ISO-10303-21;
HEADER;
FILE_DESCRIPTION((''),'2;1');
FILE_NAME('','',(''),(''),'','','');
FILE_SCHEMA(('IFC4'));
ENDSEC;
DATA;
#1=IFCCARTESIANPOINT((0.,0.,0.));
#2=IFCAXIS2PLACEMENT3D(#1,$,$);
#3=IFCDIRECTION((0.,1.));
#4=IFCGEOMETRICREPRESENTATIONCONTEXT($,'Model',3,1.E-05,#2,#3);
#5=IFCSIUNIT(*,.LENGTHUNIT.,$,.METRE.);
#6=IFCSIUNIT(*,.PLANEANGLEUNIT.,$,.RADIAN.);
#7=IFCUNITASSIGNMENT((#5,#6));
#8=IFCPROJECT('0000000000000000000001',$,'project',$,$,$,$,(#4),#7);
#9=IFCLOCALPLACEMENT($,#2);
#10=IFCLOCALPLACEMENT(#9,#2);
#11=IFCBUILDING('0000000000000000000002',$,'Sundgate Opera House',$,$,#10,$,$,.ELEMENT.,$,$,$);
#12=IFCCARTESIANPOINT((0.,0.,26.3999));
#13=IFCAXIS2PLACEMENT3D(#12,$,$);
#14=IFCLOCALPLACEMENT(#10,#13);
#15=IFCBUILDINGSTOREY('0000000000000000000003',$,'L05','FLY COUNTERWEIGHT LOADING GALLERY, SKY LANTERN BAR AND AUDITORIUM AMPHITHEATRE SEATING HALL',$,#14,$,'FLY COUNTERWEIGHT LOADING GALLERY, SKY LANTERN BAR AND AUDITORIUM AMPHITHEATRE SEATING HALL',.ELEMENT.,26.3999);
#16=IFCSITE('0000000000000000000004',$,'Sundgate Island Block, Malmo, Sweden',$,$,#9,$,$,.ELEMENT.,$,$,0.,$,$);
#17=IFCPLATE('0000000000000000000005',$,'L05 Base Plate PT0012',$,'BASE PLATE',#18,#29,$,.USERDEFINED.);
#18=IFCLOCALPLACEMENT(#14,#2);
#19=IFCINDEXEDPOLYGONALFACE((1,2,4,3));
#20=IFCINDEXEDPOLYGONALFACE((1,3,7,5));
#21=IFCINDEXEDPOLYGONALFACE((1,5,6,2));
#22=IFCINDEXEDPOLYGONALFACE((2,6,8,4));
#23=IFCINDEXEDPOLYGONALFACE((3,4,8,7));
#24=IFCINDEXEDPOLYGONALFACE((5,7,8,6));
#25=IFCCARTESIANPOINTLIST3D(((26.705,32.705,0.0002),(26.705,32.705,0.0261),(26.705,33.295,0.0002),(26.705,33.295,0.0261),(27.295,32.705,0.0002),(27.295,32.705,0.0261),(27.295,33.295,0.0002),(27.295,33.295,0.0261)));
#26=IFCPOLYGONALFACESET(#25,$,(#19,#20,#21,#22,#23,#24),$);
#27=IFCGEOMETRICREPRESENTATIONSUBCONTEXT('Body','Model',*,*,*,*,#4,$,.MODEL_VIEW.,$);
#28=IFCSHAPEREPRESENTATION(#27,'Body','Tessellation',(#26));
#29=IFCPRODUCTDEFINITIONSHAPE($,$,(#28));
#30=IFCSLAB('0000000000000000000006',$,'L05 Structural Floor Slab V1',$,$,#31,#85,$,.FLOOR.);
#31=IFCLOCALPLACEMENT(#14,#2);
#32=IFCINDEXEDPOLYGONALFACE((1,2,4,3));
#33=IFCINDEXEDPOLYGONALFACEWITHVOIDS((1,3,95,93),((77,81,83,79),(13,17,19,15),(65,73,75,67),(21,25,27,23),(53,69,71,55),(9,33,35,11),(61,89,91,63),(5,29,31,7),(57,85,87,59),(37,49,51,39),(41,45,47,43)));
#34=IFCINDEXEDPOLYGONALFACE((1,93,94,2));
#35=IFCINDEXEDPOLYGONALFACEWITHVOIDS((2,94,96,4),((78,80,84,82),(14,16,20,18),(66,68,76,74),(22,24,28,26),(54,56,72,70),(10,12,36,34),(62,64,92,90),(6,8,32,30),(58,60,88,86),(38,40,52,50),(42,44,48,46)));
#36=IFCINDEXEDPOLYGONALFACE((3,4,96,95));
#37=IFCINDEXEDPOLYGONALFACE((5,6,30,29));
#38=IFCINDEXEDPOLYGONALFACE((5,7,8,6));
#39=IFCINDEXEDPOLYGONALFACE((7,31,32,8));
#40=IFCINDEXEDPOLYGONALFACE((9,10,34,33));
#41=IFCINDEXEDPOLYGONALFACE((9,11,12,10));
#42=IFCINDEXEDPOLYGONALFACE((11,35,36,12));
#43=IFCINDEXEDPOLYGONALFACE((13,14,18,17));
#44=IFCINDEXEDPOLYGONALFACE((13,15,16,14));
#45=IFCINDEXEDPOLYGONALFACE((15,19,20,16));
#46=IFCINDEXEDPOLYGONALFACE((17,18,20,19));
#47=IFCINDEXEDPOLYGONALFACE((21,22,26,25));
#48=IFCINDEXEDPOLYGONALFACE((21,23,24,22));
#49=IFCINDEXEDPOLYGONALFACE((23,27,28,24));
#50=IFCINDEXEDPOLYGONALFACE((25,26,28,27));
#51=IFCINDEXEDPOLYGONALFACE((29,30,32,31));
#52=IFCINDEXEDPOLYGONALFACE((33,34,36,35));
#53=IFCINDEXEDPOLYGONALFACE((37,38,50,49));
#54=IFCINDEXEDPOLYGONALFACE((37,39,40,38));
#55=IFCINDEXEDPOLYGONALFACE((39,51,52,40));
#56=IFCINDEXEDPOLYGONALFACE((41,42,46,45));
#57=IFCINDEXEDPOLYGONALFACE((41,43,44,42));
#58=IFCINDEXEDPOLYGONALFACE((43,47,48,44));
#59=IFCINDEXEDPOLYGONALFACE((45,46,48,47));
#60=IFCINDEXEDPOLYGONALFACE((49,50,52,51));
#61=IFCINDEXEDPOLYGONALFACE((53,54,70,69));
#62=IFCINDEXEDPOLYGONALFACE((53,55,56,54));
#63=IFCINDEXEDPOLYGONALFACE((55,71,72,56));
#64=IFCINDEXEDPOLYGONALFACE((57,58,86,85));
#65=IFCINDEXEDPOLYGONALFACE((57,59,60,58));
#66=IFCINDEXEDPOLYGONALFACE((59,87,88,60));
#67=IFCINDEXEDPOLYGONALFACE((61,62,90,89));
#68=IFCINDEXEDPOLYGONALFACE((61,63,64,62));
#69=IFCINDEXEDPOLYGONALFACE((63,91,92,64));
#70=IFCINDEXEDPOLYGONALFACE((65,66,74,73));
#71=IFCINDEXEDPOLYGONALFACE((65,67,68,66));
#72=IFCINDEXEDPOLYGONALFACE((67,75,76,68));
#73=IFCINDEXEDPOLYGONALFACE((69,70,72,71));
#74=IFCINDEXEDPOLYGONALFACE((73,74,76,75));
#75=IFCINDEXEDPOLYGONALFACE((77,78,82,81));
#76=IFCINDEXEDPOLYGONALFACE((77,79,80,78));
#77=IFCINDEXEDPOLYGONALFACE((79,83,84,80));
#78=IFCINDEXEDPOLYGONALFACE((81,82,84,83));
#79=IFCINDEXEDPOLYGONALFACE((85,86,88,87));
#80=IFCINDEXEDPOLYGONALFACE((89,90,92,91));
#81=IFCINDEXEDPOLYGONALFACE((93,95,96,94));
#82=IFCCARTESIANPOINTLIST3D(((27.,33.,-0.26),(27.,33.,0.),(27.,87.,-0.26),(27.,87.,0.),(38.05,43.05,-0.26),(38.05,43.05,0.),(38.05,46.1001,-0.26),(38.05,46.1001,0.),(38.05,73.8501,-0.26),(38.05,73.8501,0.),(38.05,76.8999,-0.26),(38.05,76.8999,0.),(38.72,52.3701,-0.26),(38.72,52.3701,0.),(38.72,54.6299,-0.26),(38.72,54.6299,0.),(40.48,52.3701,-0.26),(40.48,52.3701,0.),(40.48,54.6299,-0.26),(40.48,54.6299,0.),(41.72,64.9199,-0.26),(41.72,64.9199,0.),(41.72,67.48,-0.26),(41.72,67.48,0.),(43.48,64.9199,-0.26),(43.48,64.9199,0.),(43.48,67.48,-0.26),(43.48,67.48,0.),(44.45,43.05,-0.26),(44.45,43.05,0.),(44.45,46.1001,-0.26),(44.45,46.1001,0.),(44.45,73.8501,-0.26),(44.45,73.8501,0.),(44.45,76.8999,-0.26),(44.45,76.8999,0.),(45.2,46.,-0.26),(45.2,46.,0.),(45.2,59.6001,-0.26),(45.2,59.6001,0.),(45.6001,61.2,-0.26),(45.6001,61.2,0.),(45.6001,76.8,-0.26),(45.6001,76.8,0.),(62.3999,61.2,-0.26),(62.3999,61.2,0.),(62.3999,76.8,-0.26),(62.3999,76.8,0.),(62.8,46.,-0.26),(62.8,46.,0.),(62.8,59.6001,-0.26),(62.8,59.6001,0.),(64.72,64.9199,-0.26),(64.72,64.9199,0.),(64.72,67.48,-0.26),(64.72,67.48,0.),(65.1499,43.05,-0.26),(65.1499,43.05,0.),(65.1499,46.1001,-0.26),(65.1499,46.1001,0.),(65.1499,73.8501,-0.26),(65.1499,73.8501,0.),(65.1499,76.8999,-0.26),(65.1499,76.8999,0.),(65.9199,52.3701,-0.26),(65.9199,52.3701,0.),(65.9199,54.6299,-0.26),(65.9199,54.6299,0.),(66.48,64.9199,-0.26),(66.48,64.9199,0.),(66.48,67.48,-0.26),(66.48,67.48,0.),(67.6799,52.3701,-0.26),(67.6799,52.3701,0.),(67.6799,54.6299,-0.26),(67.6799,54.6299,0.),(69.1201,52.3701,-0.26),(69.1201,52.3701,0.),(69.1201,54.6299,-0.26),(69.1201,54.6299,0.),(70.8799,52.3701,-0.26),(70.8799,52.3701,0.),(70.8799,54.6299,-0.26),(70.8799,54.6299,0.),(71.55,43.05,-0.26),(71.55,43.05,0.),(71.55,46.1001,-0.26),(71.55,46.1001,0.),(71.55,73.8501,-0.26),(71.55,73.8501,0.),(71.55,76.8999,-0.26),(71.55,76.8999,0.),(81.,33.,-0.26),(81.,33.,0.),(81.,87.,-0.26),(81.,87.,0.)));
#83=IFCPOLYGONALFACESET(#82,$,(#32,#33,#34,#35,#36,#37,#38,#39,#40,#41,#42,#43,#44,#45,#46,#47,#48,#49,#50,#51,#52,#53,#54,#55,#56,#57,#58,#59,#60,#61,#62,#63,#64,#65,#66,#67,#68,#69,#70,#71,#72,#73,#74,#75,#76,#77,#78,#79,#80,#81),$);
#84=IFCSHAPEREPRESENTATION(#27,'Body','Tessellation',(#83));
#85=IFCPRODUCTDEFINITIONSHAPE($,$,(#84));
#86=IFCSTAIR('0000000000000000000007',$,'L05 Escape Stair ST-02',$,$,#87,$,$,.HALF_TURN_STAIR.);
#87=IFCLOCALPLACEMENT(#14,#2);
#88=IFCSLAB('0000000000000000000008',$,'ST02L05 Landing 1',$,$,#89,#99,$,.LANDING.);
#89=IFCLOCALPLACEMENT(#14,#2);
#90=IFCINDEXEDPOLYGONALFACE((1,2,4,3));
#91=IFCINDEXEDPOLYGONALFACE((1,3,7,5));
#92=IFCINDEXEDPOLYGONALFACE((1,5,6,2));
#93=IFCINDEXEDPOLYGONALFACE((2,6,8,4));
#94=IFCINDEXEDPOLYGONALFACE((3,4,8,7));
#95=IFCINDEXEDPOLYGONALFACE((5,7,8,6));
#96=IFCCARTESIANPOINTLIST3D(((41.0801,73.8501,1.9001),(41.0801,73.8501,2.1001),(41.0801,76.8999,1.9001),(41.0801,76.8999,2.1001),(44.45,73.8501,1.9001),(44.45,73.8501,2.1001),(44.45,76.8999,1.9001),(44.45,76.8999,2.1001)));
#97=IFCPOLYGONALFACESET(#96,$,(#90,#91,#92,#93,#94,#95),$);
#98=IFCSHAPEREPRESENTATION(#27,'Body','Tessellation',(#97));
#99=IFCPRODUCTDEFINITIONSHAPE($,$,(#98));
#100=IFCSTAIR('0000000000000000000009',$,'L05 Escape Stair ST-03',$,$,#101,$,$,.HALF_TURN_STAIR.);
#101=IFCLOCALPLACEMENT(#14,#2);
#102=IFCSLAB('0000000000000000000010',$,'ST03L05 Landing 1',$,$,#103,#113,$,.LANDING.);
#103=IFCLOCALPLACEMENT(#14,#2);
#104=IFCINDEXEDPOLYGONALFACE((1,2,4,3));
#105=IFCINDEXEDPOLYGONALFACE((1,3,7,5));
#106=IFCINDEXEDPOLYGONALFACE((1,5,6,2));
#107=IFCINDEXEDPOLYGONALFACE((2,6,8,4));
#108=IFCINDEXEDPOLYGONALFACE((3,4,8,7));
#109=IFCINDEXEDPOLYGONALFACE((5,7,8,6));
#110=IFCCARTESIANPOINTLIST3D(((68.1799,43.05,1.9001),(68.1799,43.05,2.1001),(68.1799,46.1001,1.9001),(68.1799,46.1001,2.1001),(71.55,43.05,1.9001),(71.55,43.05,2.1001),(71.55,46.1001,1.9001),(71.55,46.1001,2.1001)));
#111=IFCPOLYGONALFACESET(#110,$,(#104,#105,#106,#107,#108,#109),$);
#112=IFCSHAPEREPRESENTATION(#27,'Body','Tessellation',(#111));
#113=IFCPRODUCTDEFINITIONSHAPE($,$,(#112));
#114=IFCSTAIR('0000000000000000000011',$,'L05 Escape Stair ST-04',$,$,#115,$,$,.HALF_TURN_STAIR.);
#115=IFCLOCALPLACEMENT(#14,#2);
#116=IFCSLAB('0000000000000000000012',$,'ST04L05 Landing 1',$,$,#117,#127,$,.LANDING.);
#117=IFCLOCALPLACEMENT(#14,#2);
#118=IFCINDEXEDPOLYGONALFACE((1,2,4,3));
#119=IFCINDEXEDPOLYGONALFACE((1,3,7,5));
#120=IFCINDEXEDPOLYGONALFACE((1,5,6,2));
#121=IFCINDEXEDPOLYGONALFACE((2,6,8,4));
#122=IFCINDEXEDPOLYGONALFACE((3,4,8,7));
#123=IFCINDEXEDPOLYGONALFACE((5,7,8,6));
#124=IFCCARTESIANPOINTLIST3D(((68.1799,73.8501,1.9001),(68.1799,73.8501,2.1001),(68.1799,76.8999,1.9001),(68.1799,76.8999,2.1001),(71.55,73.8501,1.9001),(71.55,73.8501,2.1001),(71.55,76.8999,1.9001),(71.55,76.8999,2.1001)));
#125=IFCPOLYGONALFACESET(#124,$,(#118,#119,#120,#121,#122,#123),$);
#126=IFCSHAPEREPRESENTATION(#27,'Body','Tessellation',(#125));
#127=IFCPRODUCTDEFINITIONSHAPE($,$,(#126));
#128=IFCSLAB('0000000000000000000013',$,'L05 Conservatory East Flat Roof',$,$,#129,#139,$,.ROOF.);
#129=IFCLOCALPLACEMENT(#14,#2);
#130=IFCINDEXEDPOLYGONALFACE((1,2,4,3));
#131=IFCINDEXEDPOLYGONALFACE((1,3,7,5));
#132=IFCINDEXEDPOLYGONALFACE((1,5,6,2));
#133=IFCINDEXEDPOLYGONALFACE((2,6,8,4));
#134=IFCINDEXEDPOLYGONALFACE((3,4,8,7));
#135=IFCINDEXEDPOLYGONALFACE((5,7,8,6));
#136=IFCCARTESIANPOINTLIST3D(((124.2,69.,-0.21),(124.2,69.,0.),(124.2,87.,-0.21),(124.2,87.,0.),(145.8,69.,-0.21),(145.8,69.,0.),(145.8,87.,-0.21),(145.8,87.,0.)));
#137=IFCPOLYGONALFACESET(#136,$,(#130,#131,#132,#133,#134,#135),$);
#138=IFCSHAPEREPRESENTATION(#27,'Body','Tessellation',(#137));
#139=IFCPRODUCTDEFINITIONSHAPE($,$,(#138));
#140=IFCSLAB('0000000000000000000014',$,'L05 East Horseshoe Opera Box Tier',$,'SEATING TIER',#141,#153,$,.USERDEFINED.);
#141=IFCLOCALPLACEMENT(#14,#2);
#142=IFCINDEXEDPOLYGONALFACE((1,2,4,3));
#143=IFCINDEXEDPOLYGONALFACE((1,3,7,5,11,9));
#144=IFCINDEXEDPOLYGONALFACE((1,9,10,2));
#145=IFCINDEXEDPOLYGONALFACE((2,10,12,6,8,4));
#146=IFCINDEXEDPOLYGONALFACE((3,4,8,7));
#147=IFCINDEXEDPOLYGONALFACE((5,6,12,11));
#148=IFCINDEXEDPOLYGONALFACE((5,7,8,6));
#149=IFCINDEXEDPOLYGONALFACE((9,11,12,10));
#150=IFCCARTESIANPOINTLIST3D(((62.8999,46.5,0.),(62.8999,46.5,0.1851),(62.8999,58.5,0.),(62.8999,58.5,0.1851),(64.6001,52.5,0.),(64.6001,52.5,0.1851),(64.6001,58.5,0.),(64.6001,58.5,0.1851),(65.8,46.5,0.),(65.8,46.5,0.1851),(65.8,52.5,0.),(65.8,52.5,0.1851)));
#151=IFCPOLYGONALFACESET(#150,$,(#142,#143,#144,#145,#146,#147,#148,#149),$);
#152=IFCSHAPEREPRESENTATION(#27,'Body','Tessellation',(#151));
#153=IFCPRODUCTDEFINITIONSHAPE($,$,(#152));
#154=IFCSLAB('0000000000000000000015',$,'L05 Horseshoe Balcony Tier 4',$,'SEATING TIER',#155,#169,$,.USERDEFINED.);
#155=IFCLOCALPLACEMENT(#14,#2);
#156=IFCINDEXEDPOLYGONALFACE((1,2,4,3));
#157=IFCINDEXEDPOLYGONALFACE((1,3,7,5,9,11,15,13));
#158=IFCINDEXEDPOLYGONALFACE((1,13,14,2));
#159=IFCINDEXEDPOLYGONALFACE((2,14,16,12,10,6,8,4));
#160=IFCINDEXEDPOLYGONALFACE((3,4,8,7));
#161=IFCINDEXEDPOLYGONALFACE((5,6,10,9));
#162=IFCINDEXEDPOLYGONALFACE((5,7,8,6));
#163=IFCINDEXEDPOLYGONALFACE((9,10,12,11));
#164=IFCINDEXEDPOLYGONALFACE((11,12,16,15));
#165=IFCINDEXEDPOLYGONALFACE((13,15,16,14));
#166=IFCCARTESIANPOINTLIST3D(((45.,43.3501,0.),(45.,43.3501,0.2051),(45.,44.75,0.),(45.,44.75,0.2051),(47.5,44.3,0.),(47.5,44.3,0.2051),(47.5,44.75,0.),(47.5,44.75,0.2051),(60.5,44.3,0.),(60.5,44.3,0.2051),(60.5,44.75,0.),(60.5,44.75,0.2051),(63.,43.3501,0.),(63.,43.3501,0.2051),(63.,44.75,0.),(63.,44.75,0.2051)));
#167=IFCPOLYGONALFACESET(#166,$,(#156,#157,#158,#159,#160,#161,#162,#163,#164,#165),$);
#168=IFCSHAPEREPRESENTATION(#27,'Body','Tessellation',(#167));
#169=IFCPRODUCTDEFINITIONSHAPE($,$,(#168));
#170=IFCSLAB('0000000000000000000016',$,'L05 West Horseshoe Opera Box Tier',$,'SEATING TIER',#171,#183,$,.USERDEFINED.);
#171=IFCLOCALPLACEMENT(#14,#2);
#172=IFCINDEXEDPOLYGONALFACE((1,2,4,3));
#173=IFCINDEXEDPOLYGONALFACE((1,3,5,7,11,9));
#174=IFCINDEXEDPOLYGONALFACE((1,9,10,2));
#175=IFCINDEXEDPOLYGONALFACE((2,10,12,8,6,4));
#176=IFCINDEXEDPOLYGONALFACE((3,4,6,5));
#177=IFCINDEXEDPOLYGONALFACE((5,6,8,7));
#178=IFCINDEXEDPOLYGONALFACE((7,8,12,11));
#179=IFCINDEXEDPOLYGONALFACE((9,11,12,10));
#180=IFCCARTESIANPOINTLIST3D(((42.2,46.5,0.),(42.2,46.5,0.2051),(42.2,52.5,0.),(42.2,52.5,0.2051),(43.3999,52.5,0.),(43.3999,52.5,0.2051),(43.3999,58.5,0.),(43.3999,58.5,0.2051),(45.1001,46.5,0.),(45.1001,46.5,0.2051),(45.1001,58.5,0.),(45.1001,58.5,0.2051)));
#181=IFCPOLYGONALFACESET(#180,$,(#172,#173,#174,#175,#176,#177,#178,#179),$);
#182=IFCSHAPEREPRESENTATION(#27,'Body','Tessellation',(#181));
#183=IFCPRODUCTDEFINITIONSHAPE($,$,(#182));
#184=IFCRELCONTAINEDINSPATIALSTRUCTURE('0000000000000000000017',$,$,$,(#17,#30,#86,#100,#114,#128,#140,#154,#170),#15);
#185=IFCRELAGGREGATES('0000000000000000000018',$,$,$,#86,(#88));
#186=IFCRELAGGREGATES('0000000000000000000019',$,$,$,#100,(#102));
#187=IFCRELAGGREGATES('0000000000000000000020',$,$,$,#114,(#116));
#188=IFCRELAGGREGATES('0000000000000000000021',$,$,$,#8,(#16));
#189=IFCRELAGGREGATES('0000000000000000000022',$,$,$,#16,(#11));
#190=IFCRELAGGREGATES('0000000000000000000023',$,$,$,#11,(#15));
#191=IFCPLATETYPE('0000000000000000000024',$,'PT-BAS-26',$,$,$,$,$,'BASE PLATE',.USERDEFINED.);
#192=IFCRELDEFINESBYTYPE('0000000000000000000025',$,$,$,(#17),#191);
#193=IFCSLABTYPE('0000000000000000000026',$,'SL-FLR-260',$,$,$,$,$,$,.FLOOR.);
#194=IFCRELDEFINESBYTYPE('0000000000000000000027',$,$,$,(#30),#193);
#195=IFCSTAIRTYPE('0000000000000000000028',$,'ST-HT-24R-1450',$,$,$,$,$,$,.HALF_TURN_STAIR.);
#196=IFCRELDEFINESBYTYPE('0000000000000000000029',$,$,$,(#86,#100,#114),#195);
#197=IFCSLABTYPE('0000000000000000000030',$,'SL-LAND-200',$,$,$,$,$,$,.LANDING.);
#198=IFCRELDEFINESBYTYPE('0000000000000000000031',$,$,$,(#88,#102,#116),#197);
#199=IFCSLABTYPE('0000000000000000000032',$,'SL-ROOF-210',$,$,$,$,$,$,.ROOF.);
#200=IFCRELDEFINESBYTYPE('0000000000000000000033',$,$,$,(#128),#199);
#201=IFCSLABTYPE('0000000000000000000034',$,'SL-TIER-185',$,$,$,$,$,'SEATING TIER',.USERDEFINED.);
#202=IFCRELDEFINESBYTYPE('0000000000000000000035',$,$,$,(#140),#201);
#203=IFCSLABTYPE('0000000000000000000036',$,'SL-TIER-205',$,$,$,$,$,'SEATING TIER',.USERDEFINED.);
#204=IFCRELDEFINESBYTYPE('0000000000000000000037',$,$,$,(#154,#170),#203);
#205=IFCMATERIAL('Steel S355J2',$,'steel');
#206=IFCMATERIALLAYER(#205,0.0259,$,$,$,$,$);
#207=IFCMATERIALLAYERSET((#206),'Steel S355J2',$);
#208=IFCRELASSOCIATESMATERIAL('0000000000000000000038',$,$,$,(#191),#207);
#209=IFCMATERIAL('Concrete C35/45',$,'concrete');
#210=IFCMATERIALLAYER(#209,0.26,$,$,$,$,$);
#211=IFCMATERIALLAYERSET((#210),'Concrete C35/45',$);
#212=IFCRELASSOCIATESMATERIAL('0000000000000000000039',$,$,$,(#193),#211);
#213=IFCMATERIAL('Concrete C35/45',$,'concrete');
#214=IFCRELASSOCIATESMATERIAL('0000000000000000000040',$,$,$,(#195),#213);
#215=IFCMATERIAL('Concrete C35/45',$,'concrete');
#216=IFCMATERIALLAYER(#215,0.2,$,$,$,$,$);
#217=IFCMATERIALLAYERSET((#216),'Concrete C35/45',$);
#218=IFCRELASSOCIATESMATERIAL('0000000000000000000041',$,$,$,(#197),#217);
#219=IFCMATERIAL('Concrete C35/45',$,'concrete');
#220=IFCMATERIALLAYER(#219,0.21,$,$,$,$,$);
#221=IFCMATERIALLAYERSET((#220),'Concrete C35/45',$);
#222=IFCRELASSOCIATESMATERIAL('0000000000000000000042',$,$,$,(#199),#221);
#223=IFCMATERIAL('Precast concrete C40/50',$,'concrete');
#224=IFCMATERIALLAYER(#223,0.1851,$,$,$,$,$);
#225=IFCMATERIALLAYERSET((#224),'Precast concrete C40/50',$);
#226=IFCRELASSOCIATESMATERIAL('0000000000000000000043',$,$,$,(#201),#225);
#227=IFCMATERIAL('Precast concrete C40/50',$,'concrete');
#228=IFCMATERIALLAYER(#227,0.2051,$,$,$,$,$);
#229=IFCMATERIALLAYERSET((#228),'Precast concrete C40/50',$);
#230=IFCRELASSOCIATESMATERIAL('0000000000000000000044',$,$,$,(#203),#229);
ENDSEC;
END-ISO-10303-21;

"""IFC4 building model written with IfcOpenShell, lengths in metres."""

from ifc_helpers import new_model, si_unit, direction, frame, origin, origin_2d, place, context, subcontext, project, spatial, polyline, rectangle, outline, extrude, material, layer, layer_set, type_object, element, aggregate, save


model = new_model("IFC4")

# Units and contexts
model_context = context("Model", 3, precision=1e-05, world=origin(), true_north=direction((0.0, 1.0)))
body_context = subcontext(model_context, "Body", "Model", "MODEL_VIEW")
ifc_project = project(units=[si_unit("LENGTHUNIT", "METRE"), si_unit("PLANEANGLEUNIT", "RADIAN")], contexts=[model_context])

# Site, building, storey
site_placement = place(None, origin())
site = spatial("IfcSite", under=ifc_project, at=site_placement, Name="Sundgate Island Block, Malmo, Sweden", CompositionType="ELEMENT", RefElevation=0.0)
building_placement = place(site_placement, origin())
building = spatial("IfcBuilding", under=site, at=building_placement, Name="Sundgate Opera House", CompositionType="ELEMENT")
storey_placement = place(building_placement, frame((0.0, 0.0, 26.3999)))
storey = spatial("IfcBuildingStorey", under=building, at=storey_placement, Name="L05", Description="FLY COUNTERWEIGHT LOADING GALLERY, SKY LANTERN BAR AND AUDITORIUM AMPHITHEATRE SEATING HALL", LongName="FLY COUNTERWEIGHT LOADING GALLERY, SKY LANTERN BAR AND AUDITORIUM AMPHITHEATRE SEATING HALL", CompositionType="ELEMENT", Elevation=26.3999)

# Plate
ifc_material_1 = material(Name="Steel S355J2", Category="steel")
ifc_layer_1 = layer(ifc_material_1, 0.0259)
ifc_layer_set_1 = layer_set([ifc_layer_1], Name="Steel S355J2")
plate_type = type_object("IfcPlateType", Name="PT-BAS-26", ElementType="BASE PLATE", PredefinedType="USERDEFINED", material=ifc_layer_set_1)
plate_placement = place(storey_placement, frame((27.0, 33.0, 0.0002), z_axis=(0.0, 0.0, 1.0), x_axis=(1.0, 0.0, 0.0)))
element("IfcPlate", 1, at=plate_placement, inside=storey, type_object=plate_type, Name="L05 Base Plate PT0012", ObjectType="BASE PLATE", PredefinedType="USERDEFINED", context=body_context, shape_type="SweptSolid", body=[
    extrude(rectangle(XDim=0.5901, YDim=0.5901, at=origin_2d()), origin(), (0.0, 0.0, 1.0), 0.0259),
])

# Slab
ifc_material_2 = material(Name="Concrete C35/45", Category="concrete")
ifc_layer_2 = layer(ifc_material_2, 0.26)
ifc_layer_set_2 = layer_set([ifc_layer_2], Name="Concrete C35/45")
slab_type_1 = type_object("IfcSlabType", Name="SL-FLR-260", PredefinedType="FLOOR", material=ifc_layer_set_2)
slab_1_placement = place(storey_placement, frame((0.0, 0.0, -0.26)))
element("IfcSlab", 2, at=slab_1_placement, inside=storey, type_object=slab_type_1, Name="L05 Structural Floor Slab V1", PredefinedType="FLOOR", context=body_context, shape_type="SweptSolid", body=[
    extrude(outline(polyline([(27.0, 33.0), (81.0, 33.0), (81.0, 87.0), (27.0, 87.0), (27.0, 33.0)]), holes=[polyline([(45.2, 59.6001), (62.8, 59.6001), (62.8, 46.0), (45.2, 46.0), (45.2, 59.6001)]), polyline([(45.6001, 76.8), (62.3999, 76.8), (62.3999, 61.2), (45.6001, 61.2), (45.6001, 76.8)]), polyline([(38.05, 46.1001), (44.45, 46.1001), (44.45, 43.05), (38.05, 43.05), (38.05, 46.1001)]), polyline([(38.05, 76.8999), (44.45, 76.8999), (44.45, 73.8501), (38.05, 73.8501), (38.05, 76.8999)]), polyline([(65.1499, 46.1001), (71.55, 46.1001), (71.55, 43.05), (65.1499, 43.05), (65.1499, 46.1001)]), polyline([(65.1499, 76.8999), (71.55, 76.8999), (71.55, 73.8501), (65.1499, 73.8501), (65.1499, 76.8999)]), polyline([(65.9199, 54.6299), (67.6799, 54.6299), (67.6799, 52.3701), (65.9199, 52.3701), (65.9199, 54.6299)]), polyline([(69.1201, 54.6299), (70.8799, 54.6299), (70.8799, 52.3701), (69.1201, 52.3701), (69.1201, 54.6299)]), polyline([(38.72, 54.6299), (40.48, 54.6299), (40.48, 52.3701), (38.72, 52.3701), (38.72, 54.6299)]), polyline([(41.72, 67.48), (43.48, 67.48), (43.48, 64.9199), (41.72, 64.9199), (41.72, 67.48)]), polyline([(64.72, 67.48), (66.48, 67.48), (66.48, 64.9199), (64.72, 64.9199), (64.72, 67.48)])]), origin(), (0.0, 0.0, 1.0), 0.26),
])

# Stairs, slabs
ifc_material_3 = material(Name="Concrete C35/45", Category="concrete")
stair_type = type_object("IfcStairType", Name="ST-HT-24R-1450", PredefinedType="HALF_TURN_STAIR", material=ifc_material_3)
stair_1_placement = place(storey_placement, origin())
stair_1 = element("IfcStair", 3, at=stair_1_placement, inside=storey, type_object=stair_type, Name="L05 Escape Stair ST-02", PredefinedType="HALF_TURN_STAIR")
ifc_material_4 = material(Name="Concrete C35/45", Category="concrete")
ifc_layer_3 = layer(ifc_material_4, 0.2)
ifc_layer_set_3 = layer_set([ifc_layer_3], Name="Concrete C35/45")
slab_type_2 = type_object("IfcSlabType", Name="SL-LAND-200", PredefinedType="LANDING", material=ifc_layer_set_3)
slab_2_placement = place(storey_placement, frame((0.0, 0.0, 1.9001)))
slab_2 = element("IfcSlab", 4, at=slab_2_placement, type_object=slab_type_2, Name="ST02L05 Landing 1", PredefinedType="LANDING", context=body_context, shape_type="SweptSolid", body=[
    extrude(outline(polyline([(41.0801, 73.8501), (44.45, 73.8501), (44.45, 76.8999), (41.0801, 76.8999), (41.0801, 73.8501)])), origin(), (0.0, 0.0, 1.0), 0.2),
])
aggregate(stair_1, [slab_2])
stair_2_placement = place(storey_placement, origin())
stair_2 = element("IfcStair", 5, at=stair_2_placement, inside=storey, type_object=stair_type, Name="L05 Escape Stair ST-03", PredefinedType="HALF_TURN_STAIR")
slab_3_placement = place(storey_placement, frame((0.0, 0.0, 1.9001)))
slab_3 = element("IfcSlab", 6, at=slab_3_placement, type_object=slab_type_2, Name="ST03L05 Landing 1", PredefinedType="LANDING", context=body_context, shape_type="SweptSolid", body=[
    extrude(outline(polyline([(68.1799, 43.05), (71.55, 43.05), (71.55, 46.1001), (68.1799, 46.1001), (68.1799, 43.05)])), origin(), (0.0, 0.0, 1.0), 0.2),
])
aggregate(stair_2, [slab_3])
stair_3_placement = place(storey_placement, origin())
stair_3 = element("IfcStair", 7, at=stair_3_placement, inside=storey, type_object=stair_type, Name="L05 Escape Stair ST-04", PredefinedType="HALF_TURN_STAIR")
slab_4_placement = place(storey_placement, frame((0.0, 0.0, 1.9001)))
slab_4 = element("IfcSlab", 8, at=slab_4_placement, type_object=slab_type_2, Name="ST04L05 Landing 1", PredefinedType="LANDING", context=body_context, shape_type="SweptSolid", body=[
    extrude(outline(polyline([(68.1799, 73.8501), (71.55, 73.8501), (71.55, 76.8999), (68.1799, 76.8999), (68.1799, 73.8501)])), origin(), (0.0, 0.0, 1.0), 0.2),
])
aggregate(stair_3, [slab_4])

# Slabs
ifc_material_5 = material(Name="Concrete C35/45", Category="concrete")
ifc_layer_4 = layer(ifc_material_5, 0.21)
ifc_layer_set_4 = layer_set([ifc_layer_4], Name="Concrete C35/45")
slab_type_3 = type_object("IfcSlabType", Name="SL-ROOF-210", PredefinedType="ROOF", material=ifc_layer_set_4)
slab_5_placement = place(storey_placement, frame((0.0, 0.0, -0.21)))
element("IfcSlab", 9, at=slab_5_placement, inside=storey, type_object=slab_type_3, Name="L05 Conservatory East Flat Roof", PredefinedType="ROOF", context=body_context, shape_type="SweptSolid", body=[
    extrude(outline(polyline([(124.2, 69.0), (145.8, 69.0), (145.8, 87.0), (124.2, 87.0), (124.2, 69.0)])), origin(), (0.0, 0.0, 1.0), 0.21),
])
ifc_material_6 = material(Name="Precast concrete C40/50", Category="concrete")
ifc_layer_5 = layer(ifc_material_6, 0.1851)
ifc_layer_set_5 = layer_set([ifc_layer_5], Name="Precast concrete C40/50")
slab_type_4 = type_object("IfcSlabType", Name="SL-TIER-185", ElementType="SEATING TIER", PredefinedType="USERDEFINED", material=ifc_layer_set_5)
slab_6_placement = place(storey_placement, origin())
element("IfcSlab", 10, at=slab_6_placement, inside=storey, type_object=slab_type_4, Name="L05 East Horseshoe Opera Box Tier", ObjectType="SEATING TIER", PredefinedType="USERDEFINED", context=body_context, shape_type="SweptSolid", body=[
    extrude(outline(polyline([(62.8999, 46.5), (65.8, 46.5), (65.8, 52.5), (64.6001, 52.5), (64.6001, 58.5), (62.8999, 58.5), (62.8999, 46.5)])), origin(), (0.0, 0.0, 1.0), 0.1851),
])
ifc_material_7 = material(Name="Precast concrete C40/50", Category="concrete")
ifc_layer_6 = layer(ifc_material_7, 0.2051)
ifc_layer_set_6 = layer_set([ifc_layer_6], Name="Precast concrete C40/50")
slab_type_5 = type_object("IfcSlabType", Name="SL-TIER-205", ElementType="SEATING TIER", PredefinedType="USERDEFINED", material=ifc_layer_set_6)
slab_7_placement = place(storey_placement, origin())
element("IfcSlab", 11, at=slab_7_placement, inside=storey, type_object=slab_type_5, Name="L05 Horseshoe Balcony Tier 4", ObjectType="SEATING TIER", PredefinedType="USERDEFINED", context=body_context, shape_type="SweptSolid", body=[
    extrude(outline(polyline([(45.0, 43.3501), (63.0, 43.3501), (63.0, 44.75), (60.5, 44.75), (60.5, 44.3), (47.5, 44.3), (47.5, 44.75), (45.0, 44.75), (45.0, 43.3501)])), origin(), (0.0, 0.0, 1.0), 0.2051),
])
slab_8_placement = place(storey_placement, origin())
element("IfcSlab", 12, at=slab_8_placement, inside=storey, type_object=slab_type_5, Name="L05 West Horseshoe Opera Box Tier", ObjectType="SEATING TIER", PredefinedType="USERDEFINED", context=body_context, shape_type="SweptSolid", body=[
    extrude(outline(polyline([(42.2, 46.5), (45.1001, 46.5), (45.1001, 58.5), (43.3999, 58.5), (43.3999, 52.5), (42.2, 52.5), (42.2, 46.5)])), origin(), (0.0, 0.0, 1.0), 0.2051),
])

save(model, "model.ifc")
